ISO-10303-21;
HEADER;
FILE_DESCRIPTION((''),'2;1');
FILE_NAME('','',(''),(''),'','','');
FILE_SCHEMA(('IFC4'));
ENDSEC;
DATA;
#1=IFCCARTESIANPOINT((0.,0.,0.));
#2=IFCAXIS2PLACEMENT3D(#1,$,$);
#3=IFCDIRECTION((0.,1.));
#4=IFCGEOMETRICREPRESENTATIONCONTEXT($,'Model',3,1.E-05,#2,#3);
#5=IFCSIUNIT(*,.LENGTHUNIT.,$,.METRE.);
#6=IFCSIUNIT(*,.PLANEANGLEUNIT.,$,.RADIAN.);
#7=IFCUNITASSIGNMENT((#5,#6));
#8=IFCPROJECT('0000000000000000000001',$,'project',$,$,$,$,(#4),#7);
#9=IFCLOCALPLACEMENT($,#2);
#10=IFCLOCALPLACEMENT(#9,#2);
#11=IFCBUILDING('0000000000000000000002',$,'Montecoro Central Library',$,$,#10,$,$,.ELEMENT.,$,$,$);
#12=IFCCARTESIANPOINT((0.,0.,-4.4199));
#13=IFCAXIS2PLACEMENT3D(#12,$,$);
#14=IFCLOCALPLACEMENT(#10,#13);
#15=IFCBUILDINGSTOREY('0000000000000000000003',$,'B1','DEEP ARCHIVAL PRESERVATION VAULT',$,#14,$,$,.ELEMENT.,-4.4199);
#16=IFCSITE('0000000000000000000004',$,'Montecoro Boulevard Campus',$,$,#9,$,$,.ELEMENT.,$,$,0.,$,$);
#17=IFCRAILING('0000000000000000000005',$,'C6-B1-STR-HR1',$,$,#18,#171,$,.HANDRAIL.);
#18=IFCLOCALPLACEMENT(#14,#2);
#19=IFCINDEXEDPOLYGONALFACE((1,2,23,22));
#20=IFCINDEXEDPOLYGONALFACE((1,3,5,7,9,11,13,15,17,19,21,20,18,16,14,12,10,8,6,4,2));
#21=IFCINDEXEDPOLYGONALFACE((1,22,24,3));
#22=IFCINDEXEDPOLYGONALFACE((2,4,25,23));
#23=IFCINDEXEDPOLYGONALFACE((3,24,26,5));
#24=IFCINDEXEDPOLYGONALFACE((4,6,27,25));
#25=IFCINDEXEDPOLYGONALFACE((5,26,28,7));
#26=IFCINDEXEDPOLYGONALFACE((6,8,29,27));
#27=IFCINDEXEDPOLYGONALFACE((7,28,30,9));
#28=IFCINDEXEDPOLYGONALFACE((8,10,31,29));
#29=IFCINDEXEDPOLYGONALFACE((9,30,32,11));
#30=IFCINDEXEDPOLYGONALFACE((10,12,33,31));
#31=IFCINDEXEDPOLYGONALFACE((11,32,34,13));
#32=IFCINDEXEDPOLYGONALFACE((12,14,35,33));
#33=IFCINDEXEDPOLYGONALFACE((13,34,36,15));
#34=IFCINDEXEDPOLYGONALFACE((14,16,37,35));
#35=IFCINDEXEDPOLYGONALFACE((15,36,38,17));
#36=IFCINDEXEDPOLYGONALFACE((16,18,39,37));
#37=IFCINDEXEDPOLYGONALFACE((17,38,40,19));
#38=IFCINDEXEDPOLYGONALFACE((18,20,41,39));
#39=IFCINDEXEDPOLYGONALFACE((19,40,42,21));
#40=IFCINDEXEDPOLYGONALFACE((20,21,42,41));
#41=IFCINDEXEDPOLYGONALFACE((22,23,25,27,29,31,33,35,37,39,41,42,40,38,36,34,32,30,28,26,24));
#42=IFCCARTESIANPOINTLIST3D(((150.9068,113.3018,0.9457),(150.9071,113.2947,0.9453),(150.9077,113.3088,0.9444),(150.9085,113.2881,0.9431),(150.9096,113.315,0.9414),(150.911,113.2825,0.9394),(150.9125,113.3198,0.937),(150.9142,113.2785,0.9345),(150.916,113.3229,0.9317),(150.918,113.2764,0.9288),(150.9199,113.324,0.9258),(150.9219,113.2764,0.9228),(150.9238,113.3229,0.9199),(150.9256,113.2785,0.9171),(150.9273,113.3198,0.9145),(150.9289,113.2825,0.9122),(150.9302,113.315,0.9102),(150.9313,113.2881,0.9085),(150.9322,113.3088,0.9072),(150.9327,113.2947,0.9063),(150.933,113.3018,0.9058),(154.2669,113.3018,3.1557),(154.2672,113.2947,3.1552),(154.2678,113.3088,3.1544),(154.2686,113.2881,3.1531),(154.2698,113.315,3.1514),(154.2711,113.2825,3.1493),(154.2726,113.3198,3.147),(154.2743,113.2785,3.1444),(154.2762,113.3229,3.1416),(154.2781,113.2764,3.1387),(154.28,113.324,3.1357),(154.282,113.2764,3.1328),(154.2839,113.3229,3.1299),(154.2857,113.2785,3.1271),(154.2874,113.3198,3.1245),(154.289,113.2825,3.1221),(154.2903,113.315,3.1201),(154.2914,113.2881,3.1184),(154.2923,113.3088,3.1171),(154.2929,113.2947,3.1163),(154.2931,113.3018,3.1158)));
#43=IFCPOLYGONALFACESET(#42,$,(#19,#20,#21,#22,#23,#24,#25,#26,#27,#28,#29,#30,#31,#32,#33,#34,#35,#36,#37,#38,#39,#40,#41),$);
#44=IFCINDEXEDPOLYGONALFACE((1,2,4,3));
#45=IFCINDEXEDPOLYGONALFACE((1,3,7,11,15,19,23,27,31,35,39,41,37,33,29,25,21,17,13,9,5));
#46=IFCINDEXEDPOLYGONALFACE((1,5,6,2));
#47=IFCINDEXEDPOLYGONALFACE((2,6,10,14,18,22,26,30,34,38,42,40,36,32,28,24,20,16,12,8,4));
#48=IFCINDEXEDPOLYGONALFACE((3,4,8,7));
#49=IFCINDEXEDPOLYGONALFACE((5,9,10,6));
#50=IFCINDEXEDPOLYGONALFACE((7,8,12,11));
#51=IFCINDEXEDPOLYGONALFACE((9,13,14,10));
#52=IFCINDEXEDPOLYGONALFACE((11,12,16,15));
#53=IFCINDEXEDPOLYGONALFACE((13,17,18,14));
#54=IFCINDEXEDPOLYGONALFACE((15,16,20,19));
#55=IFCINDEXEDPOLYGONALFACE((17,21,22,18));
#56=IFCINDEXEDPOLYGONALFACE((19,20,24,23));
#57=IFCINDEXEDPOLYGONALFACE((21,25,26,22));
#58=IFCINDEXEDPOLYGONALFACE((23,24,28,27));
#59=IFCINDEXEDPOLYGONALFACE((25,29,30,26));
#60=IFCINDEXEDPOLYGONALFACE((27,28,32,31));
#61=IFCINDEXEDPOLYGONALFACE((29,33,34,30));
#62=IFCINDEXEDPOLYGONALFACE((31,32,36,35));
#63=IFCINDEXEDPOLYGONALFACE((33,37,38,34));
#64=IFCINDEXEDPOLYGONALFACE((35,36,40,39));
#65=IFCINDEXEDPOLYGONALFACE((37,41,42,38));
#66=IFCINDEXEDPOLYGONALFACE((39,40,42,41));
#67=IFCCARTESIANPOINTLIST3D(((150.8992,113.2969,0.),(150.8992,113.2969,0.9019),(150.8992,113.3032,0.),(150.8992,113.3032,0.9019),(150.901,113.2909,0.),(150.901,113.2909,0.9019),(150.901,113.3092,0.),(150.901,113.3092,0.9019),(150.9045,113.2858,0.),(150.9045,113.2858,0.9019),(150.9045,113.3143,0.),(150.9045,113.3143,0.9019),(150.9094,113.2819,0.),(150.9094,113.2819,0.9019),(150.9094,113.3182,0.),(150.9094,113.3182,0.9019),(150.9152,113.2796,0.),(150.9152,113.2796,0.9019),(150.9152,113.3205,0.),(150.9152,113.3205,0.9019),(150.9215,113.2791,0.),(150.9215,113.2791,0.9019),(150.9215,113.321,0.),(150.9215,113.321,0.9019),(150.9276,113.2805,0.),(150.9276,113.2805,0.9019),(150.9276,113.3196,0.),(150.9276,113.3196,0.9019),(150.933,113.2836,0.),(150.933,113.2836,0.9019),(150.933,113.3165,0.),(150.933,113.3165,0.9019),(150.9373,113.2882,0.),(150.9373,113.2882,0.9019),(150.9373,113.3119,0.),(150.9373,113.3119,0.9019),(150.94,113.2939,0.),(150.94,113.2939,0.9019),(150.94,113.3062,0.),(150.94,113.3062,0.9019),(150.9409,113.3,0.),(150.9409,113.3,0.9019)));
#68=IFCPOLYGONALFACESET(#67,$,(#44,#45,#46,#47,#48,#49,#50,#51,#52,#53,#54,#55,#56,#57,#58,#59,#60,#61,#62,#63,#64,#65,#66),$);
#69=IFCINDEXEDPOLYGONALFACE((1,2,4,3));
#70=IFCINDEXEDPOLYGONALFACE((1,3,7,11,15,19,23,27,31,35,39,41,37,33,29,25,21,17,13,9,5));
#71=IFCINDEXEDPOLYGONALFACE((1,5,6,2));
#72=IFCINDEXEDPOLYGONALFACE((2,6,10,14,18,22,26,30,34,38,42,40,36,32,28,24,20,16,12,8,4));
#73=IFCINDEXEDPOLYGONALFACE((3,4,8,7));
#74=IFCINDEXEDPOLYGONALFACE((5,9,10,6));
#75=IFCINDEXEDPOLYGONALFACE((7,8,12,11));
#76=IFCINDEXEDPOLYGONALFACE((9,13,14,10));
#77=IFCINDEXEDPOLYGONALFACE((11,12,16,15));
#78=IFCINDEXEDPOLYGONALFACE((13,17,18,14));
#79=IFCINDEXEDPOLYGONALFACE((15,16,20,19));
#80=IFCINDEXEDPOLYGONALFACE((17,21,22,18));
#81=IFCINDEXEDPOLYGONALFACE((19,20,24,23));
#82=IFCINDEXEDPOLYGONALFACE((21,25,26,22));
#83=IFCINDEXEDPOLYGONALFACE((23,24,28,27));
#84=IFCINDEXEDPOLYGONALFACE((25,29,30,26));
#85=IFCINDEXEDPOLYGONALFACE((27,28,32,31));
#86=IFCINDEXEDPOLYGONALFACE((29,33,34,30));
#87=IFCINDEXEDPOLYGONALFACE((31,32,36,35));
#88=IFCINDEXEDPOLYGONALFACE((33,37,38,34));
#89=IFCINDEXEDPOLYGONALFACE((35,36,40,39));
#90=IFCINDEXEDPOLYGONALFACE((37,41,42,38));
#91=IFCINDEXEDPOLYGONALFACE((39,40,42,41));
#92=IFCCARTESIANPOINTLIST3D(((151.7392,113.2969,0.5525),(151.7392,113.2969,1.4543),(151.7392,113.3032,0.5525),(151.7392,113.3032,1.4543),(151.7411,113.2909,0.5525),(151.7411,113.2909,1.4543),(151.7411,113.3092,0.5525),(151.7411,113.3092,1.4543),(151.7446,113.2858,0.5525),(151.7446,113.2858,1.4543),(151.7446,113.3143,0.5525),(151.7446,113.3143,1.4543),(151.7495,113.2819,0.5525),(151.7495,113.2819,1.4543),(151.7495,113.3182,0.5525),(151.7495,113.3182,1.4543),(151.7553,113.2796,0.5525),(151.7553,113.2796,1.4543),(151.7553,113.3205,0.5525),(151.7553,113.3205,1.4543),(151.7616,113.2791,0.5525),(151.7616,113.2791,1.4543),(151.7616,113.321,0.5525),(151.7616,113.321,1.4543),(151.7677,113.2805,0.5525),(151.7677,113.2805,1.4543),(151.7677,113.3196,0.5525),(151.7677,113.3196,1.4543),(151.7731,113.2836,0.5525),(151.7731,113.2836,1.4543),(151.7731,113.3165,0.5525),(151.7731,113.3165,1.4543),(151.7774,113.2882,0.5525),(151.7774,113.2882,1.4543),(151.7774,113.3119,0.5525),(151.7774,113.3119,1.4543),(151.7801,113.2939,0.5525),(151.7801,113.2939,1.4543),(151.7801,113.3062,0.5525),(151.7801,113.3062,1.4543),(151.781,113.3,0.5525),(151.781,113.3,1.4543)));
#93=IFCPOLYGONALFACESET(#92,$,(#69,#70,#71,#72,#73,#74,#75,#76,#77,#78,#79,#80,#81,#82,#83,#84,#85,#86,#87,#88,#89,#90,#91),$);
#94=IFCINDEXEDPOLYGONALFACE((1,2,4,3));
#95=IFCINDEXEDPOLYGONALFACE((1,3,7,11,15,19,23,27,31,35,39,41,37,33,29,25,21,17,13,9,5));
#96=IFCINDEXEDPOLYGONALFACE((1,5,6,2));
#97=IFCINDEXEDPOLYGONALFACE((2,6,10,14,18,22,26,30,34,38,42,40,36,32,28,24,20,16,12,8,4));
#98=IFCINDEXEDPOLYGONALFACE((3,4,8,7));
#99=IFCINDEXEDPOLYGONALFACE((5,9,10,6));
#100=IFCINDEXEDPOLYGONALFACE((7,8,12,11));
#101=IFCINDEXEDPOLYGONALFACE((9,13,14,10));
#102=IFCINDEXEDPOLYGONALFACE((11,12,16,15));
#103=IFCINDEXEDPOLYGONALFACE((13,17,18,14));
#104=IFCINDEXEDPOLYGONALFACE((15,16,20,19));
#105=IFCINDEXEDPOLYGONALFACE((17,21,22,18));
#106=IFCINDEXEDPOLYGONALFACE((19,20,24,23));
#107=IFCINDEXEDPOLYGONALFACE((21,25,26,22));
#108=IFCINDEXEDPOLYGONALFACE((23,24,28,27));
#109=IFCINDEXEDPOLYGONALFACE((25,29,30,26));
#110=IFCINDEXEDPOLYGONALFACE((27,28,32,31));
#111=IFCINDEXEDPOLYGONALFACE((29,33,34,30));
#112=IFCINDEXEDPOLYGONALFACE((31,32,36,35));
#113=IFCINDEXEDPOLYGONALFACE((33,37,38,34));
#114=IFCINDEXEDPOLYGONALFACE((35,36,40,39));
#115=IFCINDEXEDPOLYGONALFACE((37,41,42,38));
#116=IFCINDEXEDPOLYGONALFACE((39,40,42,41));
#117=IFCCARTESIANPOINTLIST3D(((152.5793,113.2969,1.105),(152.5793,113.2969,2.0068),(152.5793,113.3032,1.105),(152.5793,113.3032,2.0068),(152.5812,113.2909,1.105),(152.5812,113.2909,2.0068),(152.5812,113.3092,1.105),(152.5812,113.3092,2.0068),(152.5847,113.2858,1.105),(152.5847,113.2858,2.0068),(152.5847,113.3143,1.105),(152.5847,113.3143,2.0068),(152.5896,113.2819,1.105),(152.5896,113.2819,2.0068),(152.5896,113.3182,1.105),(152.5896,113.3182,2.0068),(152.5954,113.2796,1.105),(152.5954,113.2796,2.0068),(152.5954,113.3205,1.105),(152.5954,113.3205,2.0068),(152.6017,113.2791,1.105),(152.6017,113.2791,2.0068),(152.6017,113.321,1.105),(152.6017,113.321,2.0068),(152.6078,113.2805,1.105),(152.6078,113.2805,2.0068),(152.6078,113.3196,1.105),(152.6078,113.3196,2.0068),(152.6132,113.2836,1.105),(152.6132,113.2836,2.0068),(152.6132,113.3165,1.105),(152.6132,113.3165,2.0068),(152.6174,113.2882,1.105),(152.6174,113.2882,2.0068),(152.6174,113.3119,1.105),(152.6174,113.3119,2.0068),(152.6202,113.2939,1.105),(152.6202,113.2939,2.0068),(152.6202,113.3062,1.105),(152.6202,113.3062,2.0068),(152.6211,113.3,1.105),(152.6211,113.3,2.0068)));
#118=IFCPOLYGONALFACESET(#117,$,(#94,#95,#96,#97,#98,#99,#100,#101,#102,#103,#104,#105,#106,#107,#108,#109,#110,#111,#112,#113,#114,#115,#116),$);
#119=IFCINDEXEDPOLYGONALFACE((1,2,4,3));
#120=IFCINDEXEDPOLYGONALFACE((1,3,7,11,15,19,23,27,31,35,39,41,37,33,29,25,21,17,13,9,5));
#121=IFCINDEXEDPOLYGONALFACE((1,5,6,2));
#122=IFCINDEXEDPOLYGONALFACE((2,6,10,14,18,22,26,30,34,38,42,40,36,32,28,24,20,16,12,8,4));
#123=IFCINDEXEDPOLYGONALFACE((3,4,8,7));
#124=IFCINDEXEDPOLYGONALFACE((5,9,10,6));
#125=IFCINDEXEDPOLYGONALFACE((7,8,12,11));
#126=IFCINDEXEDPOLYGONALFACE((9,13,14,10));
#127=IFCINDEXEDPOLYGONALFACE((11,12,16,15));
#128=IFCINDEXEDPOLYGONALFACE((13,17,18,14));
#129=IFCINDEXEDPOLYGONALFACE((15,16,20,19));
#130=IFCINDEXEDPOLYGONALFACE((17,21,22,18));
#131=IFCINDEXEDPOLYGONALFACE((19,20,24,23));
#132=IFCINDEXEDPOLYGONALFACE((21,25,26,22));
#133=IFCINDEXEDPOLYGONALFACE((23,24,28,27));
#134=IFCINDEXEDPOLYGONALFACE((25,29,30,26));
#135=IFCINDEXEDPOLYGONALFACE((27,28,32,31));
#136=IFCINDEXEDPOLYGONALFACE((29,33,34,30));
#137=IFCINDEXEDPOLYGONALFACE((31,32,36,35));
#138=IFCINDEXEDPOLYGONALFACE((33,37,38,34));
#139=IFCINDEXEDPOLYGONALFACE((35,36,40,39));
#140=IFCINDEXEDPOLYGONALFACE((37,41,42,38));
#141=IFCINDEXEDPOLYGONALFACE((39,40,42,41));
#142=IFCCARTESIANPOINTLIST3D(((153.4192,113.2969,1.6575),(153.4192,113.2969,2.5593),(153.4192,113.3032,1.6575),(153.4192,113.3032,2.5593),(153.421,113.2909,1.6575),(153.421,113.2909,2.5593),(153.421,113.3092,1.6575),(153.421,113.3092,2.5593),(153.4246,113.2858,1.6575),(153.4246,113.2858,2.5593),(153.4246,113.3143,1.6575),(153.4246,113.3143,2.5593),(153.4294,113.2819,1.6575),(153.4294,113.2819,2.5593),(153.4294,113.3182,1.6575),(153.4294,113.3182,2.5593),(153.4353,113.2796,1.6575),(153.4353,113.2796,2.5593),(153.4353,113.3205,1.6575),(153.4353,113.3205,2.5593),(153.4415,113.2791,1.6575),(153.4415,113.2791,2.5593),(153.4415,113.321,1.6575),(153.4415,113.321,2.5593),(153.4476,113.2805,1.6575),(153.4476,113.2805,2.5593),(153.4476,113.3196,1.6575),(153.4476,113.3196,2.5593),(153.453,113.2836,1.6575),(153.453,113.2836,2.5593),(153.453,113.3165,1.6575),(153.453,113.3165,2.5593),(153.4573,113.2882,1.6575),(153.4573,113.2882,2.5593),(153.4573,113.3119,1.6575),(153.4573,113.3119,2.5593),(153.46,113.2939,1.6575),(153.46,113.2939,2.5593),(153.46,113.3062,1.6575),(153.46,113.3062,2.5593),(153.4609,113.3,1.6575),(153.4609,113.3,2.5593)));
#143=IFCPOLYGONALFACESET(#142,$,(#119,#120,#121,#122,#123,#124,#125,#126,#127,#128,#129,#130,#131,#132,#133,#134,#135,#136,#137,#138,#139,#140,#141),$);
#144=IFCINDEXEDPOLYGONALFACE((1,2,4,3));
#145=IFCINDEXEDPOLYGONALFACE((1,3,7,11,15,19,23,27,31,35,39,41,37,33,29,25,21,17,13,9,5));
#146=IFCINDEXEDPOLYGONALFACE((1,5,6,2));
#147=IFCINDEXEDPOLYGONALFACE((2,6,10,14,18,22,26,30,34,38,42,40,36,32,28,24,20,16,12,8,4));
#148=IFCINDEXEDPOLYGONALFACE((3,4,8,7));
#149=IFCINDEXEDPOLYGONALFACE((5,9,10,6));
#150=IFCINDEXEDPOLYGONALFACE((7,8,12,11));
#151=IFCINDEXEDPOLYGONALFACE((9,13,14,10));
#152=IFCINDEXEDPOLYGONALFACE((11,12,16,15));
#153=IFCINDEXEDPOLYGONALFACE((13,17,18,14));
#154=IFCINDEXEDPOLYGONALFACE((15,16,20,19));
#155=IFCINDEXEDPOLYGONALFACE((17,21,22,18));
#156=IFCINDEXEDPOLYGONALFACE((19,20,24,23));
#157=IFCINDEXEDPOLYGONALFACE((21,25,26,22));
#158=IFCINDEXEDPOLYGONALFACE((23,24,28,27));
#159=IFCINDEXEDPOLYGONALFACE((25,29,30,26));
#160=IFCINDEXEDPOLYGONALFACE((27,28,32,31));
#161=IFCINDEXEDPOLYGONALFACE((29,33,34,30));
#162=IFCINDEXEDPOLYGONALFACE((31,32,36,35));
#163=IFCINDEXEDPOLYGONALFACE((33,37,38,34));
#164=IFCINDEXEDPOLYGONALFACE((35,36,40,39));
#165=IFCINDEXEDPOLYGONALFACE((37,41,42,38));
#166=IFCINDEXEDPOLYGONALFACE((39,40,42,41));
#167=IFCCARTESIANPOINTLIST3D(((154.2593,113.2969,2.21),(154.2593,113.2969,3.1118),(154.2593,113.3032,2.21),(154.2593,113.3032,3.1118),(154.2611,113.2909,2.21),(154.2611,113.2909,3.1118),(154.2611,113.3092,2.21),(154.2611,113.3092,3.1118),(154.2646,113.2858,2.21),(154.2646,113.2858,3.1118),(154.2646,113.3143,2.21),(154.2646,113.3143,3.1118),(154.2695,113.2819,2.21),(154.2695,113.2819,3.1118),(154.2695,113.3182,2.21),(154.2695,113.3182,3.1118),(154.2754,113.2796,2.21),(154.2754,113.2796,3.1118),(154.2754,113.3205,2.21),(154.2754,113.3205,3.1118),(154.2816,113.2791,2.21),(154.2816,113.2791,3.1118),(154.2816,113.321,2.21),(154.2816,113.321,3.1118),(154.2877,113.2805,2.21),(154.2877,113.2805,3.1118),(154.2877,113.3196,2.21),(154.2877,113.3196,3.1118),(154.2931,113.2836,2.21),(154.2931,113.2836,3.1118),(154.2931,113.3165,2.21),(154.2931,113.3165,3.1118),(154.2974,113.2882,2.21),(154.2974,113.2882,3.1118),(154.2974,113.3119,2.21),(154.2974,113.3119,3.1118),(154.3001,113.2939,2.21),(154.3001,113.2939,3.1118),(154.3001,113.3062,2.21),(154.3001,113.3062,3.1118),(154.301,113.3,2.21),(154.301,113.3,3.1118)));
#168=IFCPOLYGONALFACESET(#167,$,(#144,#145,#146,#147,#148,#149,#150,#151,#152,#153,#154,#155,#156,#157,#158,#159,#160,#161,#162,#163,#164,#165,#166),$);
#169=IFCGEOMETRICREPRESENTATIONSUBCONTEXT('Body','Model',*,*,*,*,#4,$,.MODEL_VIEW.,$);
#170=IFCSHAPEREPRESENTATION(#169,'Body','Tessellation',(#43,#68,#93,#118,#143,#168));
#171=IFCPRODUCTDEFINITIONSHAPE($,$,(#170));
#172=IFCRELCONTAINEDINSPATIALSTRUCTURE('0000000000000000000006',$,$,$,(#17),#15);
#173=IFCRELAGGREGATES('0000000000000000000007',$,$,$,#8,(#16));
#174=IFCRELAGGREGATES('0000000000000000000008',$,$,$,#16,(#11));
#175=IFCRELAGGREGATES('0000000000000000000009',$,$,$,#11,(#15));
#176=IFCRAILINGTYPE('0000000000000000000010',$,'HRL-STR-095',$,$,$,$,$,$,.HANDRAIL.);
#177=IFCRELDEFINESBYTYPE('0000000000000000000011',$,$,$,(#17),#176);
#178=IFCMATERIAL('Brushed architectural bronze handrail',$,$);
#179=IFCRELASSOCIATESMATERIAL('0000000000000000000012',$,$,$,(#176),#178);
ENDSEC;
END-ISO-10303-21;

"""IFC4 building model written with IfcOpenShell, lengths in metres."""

from ifc_helpers import new_model, si_unit, direction, frame, origin, origin_2d, place, context, subcontext, project, spatial, circle, extrude, material, type_object, element, save


model = new_model("IFC4")

# Units and contexts
model_context = context("Model", 3, precision=1e-05, world=origin(), true_north=direction((0.0, 1.0)))
body_context = subcontext(model_context, "Body", "Model", "MODEL_VIEW")
ifc_project = project(units=[si_unit("LENGTHUNIT", "METRE"), si_unit("PLANEANGLEUNIT", "RADIAN")], contexts=[model_context])

# Site, building, storey
site_placement = place(None, origin())
site = spatial("IfcSite", under=ifc_project, at=site_placement, Name="Montecoro Boulevard Campus", CompositionType="ELEMENT", RefElevation=0.0)
building_placement = place(site_placement, origin())
building = spatial("IfcBuilding", under=site, at=building_placement, Name="Montecoro Central Library", CompositionType="ELEMENT")
storey_placement = place(building_placement, frame((0.0, 0.0, -4.4199)))
storey = spatial("IfcBuildingStorey", under=building, at=storey_placement, Name="B1", Description="DEEP ARCHIVAL PRESERVATION VAULT", CompositionType="ELEMENT", Elevation=-4.4199)

# Railing
ifc_material_1 = material(Name="Brushed architectural bronze handrail")
railing_type_1 = type_object("IfcRailingType", Name="HRL-STR-095", PredefinedType="HANDRAIL", material=ifc_material_1)
railing_1_placement = place(storey_placement, frame((150.9199, 113.3, 0.0)))
element("IfcRailing", 1, at=railing_1_placement, inside=storey, type_object=railing_type_1, Name="C6-B1-STR-HR1", PredefinedType="HANDRAIL", context=body_context, shape_type="SweptSolid", body=[
    extrude(circle(Radius=0.0239, at=origin_2d()), frame((0.0, 0.0, 0.9258), z_axis=(0.83549, 0.0, 0.549506), x_axis=(0.0, 1.0, 0.0)), (0.0, 0.0, 1.0), 4.0217),
    extrude(circle(Radius=0.021, at=origin_2d()), origin(), (0.0, 0.0, 1.0), 0.9019),
    extrude(circle(Radius=0.021, at=origin_2d()), frame((0.8401, 0.0, 0.5525)), (0.0, 0.0, 1.0), 0.9019),
    extrude(circle(Radius=0.021, at=origin_2d()), frame((1.6802, 0.0, 1.105)), (0.0, 0.0, 1.0), 0.9019),
    extrude(circle(Radius=0.021, at=origin_2d()), frame((2.52, 0.0, 1.6575)), (0.0, 0.0, 1.0), 0.9019),
    extrude(circle(Radius=0.021, at=origin_2d()), frame((3.3601, 0.0, 2.21)), (0.0, 0.0, 1.0), 0.9019),
])

save(model, "model.ifc")
